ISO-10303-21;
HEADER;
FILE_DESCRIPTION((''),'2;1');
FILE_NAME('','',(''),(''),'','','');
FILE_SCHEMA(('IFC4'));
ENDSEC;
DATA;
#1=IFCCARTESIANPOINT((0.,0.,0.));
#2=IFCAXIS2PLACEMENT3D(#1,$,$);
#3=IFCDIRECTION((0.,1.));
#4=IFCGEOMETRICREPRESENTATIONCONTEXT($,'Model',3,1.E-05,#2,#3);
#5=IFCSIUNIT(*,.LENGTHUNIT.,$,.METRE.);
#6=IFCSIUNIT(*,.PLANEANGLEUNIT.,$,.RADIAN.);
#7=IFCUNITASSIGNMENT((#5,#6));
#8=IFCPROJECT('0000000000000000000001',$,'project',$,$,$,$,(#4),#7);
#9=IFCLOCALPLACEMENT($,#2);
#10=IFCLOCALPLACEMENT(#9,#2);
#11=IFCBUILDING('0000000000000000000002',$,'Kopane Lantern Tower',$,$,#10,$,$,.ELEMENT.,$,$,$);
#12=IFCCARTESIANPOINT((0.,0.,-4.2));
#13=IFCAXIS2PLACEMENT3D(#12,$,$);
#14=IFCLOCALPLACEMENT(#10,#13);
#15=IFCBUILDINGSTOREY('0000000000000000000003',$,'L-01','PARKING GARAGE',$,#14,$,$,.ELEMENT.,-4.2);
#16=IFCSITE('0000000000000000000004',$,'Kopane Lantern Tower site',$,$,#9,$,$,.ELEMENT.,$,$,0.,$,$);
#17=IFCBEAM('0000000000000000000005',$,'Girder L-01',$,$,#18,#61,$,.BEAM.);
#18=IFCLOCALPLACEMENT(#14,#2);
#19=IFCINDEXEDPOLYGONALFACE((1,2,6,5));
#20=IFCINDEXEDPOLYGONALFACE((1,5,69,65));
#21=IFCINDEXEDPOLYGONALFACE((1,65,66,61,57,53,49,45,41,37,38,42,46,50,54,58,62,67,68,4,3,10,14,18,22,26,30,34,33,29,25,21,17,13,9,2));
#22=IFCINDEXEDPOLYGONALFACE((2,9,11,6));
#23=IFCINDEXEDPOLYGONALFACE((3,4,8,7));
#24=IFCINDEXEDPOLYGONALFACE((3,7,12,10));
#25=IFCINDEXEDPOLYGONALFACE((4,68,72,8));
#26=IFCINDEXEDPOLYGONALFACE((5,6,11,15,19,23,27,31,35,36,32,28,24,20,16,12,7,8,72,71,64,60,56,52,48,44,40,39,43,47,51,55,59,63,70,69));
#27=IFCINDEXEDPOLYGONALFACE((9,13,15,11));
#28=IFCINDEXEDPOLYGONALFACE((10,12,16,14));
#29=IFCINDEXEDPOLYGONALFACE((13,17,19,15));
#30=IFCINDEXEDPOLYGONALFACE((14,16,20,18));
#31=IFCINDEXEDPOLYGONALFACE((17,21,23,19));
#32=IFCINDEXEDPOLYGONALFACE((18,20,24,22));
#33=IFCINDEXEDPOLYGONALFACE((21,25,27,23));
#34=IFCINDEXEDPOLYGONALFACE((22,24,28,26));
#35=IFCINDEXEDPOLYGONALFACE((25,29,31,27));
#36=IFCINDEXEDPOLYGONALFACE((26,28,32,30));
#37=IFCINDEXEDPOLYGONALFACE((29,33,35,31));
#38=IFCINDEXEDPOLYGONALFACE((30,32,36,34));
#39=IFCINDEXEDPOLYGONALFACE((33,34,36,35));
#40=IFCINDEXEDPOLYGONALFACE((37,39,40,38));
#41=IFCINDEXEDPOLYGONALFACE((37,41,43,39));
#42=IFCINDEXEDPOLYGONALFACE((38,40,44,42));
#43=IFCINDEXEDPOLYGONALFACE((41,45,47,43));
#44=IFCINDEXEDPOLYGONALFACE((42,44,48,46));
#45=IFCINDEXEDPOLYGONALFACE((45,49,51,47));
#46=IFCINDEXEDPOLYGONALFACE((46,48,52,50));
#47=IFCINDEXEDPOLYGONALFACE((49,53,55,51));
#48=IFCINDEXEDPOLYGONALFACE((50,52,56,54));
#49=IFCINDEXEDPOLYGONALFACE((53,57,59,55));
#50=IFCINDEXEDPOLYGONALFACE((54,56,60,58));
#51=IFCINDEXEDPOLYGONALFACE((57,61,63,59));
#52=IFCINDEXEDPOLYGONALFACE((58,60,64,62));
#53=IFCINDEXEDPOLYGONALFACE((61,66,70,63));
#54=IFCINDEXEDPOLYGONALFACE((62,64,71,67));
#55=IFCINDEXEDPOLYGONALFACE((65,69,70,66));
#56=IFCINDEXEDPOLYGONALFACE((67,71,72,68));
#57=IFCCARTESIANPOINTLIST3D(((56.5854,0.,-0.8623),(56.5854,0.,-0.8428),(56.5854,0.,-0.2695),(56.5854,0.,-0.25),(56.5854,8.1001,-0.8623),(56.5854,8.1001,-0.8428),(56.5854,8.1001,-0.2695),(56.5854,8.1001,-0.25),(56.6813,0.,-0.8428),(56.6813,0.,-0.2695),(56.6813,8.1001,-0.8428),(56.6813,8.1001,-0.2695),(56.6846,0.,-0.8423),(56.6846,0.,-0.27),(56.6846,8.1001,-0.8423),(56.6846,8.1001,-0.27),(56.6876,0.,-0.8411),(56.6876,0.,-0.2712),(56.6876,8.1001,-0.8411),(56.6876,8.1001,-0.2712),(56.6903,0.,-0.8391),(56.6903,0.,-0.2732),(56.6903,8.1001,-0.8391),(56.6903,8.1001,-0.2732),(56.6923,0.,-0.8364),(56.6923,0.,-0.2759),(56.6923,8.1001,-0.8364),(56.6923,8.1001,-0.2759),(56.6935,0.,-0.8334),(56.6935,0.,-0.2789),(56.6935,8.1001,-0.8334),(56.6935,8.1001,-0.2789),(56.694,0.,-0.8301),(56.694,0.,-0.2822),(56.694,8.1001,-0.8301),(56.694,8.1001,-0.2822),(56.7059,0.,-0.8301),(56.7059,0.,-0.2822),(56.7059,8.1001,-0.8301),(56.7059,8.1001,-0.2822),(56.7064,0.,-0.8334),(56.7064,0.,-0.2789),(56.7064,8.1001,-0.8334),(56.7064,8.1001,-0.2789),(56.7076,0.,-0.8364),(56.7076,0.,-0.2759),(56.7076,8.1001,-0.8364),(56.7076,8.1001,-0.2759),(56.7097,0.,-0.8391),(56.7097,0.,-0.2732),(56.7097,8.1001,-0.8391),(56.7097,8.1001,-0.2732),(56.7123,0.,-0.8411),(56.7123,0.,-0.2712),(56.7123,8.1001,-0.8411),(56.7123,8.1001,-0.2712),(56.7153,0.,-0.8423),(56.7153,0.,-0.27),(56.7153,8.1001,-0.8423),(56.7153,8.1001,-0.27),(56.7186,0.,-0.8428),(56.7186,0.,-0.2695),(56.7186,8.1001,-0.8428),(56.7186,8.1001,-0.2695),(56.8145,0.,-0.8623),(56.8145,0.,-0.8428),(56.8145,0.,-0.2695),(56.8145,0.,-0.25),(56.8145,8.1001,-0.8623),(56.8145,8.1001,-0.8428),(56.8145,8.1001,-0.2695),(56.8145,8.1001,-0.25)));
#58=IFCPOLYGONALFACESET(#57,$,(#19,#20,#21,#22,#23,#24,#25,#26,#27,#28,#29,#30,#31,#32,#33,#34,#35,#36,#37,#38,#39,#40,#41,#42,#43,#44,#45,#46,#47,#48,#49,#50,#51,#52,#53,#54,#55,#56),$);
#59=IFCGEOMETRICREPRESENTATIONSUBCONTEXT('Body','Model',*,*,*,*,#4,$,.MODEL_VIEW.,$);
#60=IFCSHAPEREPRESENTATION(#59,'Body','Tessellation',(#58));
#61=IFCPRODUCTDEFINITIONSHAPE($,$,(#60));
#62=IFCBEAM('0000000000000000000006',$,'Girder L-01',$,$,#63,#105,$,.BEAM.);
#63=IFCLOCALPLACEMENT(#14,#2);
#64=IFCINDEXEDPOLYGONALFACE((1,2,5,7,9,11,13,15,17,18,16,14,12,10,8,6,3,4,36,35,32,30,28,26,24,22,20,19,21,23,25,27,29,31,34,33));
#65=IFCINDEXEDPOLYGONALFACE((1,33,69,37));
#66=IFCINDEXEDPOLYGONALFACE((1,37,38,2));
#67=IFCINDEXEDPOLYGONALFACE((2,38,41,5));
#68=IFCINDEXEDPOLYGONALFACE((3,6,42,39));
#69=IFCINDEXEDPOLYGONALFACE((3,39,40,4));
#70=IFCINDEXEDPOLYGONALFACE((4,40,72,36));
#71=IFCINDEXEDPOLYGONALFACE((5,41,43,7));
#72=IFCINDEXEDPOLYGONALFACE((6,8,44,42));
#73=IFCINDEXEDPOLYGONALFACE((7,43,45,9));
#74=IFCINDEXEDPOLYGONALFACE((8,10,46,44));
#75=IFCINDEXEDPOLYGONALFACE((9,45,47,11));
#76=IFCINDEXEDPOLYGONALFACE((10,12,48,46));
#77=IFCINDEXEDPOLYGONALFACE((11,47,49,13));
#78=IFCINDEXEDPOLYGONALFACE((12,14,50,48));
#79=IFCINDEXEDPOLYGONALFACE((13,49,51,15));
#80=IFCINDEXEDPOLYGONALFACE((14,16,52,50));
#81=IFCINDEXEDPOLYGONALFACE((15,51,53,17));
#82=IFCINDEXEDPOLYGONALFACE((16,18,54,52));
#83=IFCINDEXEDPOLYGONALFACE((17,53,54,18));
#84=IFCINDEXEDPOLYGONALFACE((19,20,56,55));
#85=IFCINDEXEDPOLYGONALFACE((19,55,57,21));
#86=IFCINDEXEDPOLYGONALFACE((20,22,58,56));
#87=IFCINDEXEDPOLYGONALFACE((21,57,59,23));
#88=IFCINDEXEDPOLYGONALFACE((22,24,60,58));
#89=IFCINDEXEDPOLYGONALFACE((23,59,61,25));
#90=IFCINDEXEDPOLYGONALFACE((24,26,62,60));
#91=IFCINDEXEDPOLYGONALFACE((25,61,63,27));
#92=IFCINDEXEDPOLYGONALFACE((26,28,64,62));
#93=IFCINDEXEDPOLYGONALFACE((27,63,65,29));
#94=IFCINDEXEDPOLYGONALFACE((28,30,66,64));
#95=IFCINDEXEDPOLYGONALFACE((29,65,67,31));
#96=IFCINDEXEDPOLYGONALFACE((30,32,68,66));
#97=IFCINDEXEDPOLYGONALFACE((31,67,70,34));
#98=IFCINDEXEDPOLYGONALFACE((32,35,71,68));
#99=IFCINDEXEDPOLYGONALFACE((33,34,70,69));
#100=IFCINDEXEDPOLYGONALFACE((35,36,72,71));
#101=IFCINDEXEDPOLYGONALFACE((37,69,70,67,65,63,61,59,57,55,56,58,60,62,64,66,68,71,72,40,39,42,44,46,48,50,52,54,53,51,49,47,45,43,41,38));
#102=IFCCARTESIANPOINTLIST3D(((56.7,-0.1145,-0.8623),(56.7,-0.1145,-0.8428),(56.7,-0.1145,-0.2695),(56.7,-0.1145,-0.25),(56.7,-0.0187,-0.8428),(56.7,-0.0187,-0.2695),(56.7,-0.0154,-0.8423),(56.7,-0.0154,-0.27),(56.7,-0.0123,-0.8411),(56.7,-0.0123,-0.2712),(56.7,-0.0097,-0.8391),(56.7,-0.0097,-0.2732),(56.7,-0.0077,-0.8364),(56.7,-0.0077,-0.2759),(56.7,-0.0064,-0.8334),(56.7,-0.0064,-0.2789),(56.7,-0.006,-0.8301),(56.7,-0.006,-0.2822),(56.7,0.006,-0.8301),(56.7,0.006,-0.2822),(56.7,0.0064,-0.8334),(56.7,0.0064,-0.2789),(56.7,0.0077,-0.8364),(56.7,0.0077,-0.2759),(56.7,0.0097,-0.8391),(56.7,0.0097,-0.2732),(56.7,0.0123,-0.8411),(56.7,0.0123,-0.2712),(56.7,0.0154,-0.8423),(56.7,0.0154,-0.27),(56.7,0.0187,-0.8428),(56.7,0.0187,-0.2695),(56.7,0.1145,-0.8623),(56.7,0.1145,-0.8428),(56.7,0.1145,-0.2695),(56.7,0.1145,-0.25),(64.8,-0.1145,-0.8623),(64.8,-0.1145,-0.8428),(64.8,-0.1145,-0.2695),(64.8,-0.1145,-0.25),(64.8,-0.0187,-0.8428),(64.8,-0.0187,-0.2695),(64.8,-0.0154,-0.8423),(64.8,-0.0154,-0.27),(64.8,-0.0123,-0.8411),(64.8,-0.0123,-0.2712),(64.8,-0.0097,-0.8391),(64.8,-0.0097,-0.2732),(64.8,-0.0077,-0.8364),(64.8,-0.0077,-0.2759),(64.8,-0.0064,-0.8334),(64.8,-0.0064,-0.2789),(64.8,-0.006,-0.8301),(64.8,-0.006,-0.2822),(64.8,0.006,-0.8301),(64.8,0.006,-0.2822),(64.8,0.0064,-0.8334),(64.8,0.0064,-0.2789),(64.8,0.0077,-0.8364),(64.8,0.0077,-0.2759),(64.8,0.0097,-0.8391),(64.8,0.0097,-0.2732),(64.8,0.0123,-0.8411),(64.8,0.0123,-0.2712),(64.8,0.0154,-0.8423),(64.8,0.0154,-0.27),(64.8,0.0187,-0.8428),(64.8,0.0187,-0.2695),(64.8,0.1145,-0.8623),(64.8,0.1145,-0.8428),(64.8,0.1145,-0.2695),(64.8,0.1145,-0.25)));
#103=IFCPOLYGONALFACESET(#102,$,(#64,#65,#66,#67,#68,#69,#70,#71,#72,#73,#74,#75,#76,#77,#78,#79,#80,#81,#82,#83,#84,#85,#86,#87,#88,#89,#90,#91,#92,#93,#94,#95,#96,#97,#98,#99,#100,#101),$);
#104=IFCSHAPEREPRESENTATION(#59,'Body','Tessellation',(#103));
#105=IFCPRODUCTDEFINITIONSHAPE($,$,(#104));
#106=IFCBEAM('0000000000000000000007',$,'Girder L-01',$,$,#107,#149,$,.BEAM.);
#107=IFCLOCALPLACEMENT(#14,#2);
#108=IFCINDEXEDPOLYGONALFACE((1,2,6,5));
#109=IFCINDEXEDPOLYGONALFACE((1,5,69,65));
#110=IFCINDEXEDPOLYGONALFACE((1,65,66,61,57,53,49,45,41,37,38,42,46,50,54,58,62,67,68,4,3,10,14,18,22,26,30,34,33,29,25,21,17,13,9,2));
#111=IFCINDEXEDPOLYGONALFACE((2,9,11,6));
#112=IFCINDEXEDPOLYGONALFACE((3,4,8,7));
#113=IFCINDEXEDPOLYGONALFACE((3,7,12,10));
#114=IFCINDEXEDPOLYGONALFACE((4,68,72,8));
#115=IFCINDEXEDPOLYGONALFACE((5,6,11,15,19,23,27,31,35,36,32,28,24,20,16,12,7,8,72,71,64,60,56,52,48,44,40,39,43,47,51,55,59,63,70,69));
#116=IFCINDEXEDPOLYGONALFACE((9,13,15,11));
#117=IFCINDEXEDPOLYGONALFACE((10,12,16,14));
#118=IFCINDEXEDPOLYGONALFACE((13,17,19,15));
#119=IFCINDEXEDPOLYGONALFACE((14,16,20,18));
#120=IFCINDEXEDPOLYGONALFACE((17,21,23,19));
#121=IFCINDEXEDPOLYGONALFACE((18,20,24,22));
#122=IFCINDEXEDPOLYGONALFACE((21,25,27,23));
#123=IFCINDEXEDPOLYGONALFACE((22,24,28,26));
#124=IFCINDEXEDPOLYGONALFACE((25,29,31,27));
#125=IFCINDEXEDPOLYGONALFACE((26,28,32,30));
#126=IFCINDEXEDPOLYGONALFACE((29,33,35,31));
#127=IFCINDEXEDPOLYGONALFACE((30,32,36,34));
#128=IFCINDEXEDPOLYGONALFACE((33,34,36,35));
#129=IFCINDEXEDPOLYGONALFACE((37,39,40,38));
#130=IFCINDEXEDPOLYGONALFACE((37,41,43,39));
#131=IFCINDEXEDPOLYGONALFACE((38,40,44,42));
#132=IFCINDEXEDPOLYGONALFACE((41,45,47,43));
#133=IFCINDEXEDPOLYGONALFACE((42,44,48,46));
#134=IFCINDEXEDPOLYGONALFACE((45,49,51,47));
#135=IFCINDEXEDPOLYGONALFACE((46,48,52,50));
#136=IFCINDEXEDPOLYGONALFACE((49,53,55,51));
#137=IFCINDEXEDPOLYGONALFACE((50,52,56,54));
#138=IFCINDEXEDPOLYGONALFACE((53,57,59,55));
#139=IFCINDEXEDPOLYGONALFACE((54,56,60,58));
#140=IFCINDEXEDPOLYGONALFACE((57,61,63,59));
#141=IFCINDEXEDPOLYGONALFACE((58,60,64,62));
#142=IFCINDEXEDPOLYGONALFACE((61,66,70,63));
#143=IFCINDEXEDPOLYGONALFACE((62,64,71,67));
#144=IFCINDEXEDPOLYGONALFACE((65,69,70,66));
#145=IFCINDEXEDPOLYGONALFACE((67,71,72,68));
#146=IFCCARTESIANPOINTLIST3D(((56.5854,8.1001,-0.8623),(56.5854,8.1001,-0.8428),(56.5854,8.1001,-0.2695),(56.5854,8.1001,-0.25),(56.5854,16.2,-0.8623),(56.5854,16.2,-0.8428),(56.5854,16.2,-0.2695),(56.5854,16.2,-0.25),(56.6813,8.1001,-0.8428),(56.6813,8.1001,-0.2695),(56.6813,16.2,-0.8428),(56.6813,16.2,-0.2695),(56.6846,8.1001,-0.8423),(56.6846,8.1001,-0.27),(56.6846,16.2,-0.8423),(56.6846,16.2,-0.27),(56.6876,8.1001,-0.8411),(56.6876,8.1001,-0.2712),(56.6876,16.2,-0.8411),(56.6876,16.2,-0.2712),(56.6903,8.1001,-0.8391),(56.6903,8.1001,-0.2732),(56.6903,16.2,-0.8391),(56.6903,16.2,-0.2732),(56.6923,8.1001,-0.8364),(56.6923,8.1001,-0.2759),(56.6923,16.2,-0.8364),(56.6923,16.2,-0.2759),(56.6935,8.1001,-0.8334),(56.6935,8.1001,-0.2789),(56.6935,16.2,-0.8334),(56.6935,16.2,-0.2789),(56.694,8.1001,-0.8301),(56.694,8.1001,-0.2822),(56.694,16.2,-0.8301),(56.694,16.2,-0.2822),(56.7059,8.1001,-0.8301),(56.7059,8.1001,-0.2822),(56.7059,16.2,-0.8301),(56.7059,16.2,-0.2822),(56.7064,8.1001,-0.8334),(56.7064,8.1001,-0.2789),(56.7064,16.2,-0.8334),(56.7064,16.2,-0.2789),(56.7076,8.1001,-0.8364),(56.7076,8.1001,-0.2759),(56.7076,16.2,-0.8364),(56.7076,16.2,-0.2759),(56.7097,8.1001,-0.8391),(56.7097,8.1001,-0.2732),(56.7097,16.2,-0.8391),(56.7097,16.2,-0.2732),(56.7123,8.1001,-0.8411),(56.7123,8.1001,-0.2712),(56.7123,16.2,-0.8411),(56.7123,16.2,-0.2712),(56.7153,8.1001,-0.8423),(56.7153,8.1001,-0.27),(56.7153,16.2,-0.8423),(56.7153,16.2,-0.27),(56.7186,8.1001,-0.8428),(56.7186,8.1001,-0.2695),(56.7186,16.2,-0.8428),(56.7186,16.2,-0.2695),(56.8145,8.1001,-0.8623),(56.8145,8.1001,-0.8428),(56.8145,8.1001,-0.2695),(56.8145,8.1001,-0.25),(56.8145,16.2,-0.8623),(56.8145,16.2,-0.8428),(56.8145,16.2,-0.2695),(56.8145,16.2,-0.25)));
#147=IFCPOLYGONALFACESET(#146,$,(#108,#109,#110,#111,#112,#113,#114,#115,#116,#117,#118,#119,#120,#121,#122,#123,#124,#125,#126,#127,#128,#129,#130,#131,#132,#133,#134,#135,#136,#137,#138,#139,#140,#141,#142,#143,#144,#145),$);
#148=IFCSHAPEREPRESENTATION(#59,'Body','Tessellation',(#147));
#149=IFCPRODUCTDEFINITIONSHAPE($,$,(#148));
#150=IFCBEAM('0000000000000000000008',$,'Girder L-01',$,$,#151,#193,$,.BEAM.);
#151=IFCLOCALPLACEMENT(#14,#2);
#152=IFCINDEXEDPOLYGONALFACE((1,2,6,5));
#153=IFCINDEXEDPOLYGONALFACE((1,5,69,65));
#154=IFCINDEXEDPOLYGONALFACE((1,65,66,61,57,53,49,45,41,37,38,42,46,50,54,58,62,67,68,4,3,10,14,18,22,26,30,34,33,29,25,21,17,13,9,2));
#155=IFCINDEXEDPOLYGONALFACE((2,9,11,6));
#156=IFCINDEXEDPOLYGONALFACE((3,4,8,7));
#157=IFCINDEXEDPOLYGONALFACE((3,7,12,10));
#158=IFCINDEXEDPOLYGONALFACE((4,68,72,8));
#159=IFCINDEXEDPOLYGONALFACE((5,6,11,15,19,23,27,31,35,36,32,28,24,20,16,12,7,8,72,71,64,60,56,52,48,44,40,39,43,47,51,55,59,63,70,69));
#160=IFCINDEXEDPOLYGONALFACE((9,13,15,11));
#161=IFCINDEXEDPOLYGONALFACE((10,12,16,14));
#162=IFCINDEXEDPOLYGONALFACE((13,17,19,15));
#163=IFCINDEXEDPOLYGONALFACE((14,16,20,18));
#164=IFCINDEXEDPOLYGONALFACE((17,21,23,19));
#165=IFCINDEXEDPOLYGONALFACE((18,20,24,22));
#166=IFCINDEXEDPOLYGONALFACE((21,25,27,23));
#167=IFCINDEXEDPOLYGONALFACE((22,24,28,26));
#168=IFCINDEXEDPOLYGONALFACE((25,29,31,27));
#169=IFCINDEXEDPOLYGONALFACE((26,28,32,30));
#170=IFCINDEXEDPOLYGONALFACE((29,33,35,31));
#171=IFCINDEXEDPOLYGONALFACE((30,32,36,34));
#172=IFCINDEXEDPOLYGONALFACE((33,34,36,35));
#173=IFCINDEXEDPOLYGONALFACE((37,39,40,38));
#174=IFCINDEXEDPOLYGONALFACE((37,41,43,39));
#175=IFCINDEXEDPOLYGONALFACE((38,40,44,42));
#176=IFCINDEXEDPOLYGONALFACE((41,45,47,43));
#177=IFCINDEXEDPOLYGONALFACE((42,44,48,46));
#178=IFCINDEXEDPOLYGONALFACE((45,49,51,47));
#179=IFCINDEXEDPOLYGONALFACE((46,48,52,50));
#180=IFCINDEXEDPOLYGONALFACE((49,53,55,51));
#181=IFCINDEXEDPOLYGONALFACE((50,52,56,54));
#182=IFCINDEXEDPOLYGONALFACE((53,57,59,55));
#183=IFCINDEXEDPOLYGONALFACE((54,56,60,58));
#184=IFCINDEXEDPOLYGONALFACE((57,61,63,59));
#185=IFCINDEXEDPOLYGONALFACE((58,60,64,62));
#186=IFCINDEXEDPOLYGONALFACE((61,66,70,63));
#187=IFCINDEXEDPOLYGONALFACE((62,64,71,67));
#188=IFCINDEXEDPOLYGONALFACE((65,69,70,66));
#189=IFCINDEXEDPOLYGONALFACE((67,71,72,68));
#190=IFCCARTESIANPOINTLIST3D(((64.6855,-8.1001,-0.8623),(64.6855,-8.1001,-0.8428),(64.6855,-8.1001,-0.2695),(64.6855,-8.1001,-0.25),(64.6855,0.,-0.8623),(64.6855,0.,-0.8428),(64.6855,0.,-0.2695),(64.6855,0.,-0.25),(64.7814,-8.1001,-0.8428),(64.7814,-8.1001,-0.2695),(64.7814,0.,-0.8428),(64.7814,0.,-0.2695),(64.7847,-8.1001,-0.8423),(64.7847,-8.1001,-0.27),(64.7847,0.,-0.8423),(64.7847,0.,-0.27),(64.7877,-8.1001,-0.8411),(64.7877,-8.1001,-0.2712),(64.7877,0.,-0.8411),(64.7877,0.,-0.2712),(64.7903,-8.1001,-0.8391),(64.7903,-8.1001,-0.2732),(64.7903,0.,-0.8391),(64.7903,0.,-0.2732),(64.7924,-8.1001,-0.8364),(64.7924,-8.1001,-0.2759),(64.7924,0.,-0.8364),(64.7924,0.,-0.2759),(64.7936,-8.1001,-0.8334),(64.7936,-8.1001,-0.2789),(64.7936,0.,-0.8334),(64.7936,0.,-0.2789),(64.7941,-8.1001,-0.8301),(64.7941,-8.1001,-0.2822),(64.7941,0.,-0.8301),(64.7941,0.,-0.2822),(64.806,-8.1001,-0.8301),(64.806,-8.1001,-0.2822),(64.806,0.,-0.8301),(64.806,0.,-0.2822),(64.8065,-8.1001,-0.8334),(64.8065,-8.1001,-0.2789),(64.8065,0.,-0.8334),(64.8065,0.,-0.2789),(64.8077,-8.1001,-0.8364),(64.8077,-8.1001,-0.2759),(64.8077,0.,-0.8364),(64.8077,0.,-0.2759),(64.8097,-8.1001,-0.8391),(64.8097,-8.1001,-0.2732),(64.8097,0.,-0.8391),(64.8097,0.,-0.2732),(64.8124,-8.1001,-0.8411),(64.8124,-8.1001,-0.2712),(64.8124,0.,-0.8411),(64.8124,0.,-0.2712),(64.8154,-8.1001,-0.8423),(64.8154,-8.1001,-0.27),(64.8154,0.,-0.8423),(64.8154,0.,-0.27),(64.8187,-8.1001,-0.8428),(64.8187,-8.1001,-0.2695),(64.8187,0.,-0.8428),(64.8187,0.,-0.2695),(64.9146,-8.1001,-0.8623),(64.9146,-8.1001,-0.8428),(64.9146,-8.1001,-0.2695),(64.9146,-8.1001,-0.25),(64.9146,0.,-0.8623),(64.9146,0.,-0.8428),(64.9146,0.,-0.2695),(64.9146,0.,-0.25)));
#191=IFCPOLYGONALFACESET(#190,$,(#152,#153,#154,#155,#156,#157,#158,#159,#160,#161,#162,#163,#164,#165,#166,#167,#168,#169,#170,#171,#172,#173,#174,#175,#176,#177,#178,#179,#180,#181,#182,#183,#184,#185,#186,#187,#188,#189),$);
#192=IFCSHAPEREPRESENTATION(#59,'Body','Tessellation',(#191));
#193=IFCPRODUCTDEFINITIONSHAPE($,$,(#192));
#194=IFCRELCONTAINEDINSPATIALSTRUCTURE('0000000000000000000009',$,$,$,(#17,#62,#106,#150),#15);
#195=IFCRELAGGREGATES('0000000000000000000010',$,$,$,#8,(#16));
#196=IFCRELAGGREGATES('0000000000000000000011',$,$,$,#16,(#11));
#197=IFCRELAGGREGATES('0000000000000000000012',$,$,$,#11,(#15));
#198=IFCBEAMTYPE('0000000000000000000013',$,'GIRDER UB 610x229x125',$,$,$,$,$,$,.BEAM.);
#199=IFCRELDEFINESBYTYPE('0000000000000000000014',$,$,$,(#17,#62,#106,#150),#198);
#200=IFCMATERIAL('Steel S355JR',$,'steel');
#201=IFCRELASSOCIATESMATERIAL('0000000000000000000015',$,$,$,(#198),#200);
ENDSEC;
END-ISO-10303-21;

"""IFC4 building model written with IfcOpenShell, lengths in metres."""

from ifc_helpers import new_model, si_unit, direction, frame, origin, origin_2d, place, context, subcontext, project, spatial, i_section, extrude, material, material_profile, profile_set, type_object, element, save


model = new_model("IFC4")

# Units and contexts
model_context = context("Model", 3, precision=1e-05, world=origin(), true_north=direction((0.0, 1.0)))
body_context = subcontext(model_context, "Body", "Model", "MODEL_VIEW")
ifc_project = project(units=[si_unit("LENGTHUNIT", "METRE"), si_unit("PLANEANGLEUNIT", "RADIAN")], contexts=[model_context])

# Site, building, storey
site_placement = place(None, origin())
site = spatial("IfcSite", under=ifc_project, at=site_placement, Name="Kopane Lantern Tower site", CompositionType="ELEMENT", RefElevation=0.0)
building_placement = place(site_placement, origin())
building = spatial("IfcBuilding", under=site, at=building_placement, Name="Kopane Lantern Tower", CompositionType="ELEMENT")
storey_placement = place(building_placement, frame((0.0, 0.0, -4.2)))
storey = spatial("IfcBuildingStorey", under=building, at=storey_placement, Name="L-01", Description="PARKING GARAGE", CompositionType="ELEMENT", Elevation=-4.2)

# Beams
ifc_material_1 = material(Name="Steel S355JR", Category="steel")
ifc_material_profile_1 = material_profile(ifc_material_1, i_section(OverallWidth=0.229, OverallDepth=0.6123, WebThickness=0.012, FlangeThickness=0.0195, FilletRadius=0.0127, at=origin_2d()), Name="UB 610x229x125")
ifc_profile_set_1 = profile_set([ifc_material_profile_1], Name="Steel S355JR")
beam_type = type_object("IfcBeamType", Name="GIRDER UB 610x229x125", PredefinedType="BEAM", material=ifc_profile_set_1)
for number, where, z_axis, x_axis, name in (
    (1, (56.7, 0.0, -0.5562), (0.0, 1.0, 0.0), (-1.0, 0.0, 0.0), "Girder L-01"),
    (2, (56.7, 0.0, -0.5562), (1.0, 0.0, 0.0), (0.0, 1.0, 0.0), "Girder L-01"),
):
    element("IfcBeam", number, at=place(storey_placement, frame(where, z_axis=z_axis, x_axis=x_axis)), inside=storey, type_object=beam_type, Name=name, PredefinedType="BEAM", context=body_context, shape_type="SweptSolid", body=[
        extrude(i_section(OverallWidth=0.229, OverallDepth=0.6123, WebThickness=0.012, FlangeThickness=0.0195, FilletRadius=0.0127, at=origin_2d()), origin(), (0.0, 0.0, 1.0), 8.1001),
    ])
beam_1_placement = place(storey_placement, frame((56.7, 8.1001, -0.5562), z_axis=(0.0, 1.0, 0.0), x_axis=(-1.0, 0.0, 0.0)))
element("IfcBeam", 3, at=beam_1_placement, inside=storey, type_object=beam_type, Name="Girder L-01", PredefinedType="BEAM", context=body_context, shape_type="SweptSolid", body=[
    extrude(i_section(OverallWidth=0.229, OverallDepth=0.6123, WebThickness=0.012, FlangeThickness=0.0195, FilletRadius=0.0127, at=origin_2d()), origin(), (0.0, 0.0, 1.0), 8.0999),
])
for number, where, z_axis, x_axis, name in (
    (4, (64.8, -8.1001, -0.5562), (0.0, 1.0, 0.0), (-1.0, 0.0, 0.0), "Girder L-01"),
):
    element("IfcBeam", number, at=place(storey_placement, frame(where, z_axis=z_axis, x_axis=x_axis)), inside=storey, type_object=beam_type, Name=name, PredefinedType="BEAM", context=body_context, shape_type="SweptSolid", body=[
        extrude(i_section(OverallWidth=0.229, OverallDepth=0.6123, WebThickness=0.012, FlangeThickness=0.0195, FilletRadius=0.0127, at=origin_2d()), origin(), (0.0, 0.0, 1.0), 8.1001),
    ])

save(model, "model.ifc")
